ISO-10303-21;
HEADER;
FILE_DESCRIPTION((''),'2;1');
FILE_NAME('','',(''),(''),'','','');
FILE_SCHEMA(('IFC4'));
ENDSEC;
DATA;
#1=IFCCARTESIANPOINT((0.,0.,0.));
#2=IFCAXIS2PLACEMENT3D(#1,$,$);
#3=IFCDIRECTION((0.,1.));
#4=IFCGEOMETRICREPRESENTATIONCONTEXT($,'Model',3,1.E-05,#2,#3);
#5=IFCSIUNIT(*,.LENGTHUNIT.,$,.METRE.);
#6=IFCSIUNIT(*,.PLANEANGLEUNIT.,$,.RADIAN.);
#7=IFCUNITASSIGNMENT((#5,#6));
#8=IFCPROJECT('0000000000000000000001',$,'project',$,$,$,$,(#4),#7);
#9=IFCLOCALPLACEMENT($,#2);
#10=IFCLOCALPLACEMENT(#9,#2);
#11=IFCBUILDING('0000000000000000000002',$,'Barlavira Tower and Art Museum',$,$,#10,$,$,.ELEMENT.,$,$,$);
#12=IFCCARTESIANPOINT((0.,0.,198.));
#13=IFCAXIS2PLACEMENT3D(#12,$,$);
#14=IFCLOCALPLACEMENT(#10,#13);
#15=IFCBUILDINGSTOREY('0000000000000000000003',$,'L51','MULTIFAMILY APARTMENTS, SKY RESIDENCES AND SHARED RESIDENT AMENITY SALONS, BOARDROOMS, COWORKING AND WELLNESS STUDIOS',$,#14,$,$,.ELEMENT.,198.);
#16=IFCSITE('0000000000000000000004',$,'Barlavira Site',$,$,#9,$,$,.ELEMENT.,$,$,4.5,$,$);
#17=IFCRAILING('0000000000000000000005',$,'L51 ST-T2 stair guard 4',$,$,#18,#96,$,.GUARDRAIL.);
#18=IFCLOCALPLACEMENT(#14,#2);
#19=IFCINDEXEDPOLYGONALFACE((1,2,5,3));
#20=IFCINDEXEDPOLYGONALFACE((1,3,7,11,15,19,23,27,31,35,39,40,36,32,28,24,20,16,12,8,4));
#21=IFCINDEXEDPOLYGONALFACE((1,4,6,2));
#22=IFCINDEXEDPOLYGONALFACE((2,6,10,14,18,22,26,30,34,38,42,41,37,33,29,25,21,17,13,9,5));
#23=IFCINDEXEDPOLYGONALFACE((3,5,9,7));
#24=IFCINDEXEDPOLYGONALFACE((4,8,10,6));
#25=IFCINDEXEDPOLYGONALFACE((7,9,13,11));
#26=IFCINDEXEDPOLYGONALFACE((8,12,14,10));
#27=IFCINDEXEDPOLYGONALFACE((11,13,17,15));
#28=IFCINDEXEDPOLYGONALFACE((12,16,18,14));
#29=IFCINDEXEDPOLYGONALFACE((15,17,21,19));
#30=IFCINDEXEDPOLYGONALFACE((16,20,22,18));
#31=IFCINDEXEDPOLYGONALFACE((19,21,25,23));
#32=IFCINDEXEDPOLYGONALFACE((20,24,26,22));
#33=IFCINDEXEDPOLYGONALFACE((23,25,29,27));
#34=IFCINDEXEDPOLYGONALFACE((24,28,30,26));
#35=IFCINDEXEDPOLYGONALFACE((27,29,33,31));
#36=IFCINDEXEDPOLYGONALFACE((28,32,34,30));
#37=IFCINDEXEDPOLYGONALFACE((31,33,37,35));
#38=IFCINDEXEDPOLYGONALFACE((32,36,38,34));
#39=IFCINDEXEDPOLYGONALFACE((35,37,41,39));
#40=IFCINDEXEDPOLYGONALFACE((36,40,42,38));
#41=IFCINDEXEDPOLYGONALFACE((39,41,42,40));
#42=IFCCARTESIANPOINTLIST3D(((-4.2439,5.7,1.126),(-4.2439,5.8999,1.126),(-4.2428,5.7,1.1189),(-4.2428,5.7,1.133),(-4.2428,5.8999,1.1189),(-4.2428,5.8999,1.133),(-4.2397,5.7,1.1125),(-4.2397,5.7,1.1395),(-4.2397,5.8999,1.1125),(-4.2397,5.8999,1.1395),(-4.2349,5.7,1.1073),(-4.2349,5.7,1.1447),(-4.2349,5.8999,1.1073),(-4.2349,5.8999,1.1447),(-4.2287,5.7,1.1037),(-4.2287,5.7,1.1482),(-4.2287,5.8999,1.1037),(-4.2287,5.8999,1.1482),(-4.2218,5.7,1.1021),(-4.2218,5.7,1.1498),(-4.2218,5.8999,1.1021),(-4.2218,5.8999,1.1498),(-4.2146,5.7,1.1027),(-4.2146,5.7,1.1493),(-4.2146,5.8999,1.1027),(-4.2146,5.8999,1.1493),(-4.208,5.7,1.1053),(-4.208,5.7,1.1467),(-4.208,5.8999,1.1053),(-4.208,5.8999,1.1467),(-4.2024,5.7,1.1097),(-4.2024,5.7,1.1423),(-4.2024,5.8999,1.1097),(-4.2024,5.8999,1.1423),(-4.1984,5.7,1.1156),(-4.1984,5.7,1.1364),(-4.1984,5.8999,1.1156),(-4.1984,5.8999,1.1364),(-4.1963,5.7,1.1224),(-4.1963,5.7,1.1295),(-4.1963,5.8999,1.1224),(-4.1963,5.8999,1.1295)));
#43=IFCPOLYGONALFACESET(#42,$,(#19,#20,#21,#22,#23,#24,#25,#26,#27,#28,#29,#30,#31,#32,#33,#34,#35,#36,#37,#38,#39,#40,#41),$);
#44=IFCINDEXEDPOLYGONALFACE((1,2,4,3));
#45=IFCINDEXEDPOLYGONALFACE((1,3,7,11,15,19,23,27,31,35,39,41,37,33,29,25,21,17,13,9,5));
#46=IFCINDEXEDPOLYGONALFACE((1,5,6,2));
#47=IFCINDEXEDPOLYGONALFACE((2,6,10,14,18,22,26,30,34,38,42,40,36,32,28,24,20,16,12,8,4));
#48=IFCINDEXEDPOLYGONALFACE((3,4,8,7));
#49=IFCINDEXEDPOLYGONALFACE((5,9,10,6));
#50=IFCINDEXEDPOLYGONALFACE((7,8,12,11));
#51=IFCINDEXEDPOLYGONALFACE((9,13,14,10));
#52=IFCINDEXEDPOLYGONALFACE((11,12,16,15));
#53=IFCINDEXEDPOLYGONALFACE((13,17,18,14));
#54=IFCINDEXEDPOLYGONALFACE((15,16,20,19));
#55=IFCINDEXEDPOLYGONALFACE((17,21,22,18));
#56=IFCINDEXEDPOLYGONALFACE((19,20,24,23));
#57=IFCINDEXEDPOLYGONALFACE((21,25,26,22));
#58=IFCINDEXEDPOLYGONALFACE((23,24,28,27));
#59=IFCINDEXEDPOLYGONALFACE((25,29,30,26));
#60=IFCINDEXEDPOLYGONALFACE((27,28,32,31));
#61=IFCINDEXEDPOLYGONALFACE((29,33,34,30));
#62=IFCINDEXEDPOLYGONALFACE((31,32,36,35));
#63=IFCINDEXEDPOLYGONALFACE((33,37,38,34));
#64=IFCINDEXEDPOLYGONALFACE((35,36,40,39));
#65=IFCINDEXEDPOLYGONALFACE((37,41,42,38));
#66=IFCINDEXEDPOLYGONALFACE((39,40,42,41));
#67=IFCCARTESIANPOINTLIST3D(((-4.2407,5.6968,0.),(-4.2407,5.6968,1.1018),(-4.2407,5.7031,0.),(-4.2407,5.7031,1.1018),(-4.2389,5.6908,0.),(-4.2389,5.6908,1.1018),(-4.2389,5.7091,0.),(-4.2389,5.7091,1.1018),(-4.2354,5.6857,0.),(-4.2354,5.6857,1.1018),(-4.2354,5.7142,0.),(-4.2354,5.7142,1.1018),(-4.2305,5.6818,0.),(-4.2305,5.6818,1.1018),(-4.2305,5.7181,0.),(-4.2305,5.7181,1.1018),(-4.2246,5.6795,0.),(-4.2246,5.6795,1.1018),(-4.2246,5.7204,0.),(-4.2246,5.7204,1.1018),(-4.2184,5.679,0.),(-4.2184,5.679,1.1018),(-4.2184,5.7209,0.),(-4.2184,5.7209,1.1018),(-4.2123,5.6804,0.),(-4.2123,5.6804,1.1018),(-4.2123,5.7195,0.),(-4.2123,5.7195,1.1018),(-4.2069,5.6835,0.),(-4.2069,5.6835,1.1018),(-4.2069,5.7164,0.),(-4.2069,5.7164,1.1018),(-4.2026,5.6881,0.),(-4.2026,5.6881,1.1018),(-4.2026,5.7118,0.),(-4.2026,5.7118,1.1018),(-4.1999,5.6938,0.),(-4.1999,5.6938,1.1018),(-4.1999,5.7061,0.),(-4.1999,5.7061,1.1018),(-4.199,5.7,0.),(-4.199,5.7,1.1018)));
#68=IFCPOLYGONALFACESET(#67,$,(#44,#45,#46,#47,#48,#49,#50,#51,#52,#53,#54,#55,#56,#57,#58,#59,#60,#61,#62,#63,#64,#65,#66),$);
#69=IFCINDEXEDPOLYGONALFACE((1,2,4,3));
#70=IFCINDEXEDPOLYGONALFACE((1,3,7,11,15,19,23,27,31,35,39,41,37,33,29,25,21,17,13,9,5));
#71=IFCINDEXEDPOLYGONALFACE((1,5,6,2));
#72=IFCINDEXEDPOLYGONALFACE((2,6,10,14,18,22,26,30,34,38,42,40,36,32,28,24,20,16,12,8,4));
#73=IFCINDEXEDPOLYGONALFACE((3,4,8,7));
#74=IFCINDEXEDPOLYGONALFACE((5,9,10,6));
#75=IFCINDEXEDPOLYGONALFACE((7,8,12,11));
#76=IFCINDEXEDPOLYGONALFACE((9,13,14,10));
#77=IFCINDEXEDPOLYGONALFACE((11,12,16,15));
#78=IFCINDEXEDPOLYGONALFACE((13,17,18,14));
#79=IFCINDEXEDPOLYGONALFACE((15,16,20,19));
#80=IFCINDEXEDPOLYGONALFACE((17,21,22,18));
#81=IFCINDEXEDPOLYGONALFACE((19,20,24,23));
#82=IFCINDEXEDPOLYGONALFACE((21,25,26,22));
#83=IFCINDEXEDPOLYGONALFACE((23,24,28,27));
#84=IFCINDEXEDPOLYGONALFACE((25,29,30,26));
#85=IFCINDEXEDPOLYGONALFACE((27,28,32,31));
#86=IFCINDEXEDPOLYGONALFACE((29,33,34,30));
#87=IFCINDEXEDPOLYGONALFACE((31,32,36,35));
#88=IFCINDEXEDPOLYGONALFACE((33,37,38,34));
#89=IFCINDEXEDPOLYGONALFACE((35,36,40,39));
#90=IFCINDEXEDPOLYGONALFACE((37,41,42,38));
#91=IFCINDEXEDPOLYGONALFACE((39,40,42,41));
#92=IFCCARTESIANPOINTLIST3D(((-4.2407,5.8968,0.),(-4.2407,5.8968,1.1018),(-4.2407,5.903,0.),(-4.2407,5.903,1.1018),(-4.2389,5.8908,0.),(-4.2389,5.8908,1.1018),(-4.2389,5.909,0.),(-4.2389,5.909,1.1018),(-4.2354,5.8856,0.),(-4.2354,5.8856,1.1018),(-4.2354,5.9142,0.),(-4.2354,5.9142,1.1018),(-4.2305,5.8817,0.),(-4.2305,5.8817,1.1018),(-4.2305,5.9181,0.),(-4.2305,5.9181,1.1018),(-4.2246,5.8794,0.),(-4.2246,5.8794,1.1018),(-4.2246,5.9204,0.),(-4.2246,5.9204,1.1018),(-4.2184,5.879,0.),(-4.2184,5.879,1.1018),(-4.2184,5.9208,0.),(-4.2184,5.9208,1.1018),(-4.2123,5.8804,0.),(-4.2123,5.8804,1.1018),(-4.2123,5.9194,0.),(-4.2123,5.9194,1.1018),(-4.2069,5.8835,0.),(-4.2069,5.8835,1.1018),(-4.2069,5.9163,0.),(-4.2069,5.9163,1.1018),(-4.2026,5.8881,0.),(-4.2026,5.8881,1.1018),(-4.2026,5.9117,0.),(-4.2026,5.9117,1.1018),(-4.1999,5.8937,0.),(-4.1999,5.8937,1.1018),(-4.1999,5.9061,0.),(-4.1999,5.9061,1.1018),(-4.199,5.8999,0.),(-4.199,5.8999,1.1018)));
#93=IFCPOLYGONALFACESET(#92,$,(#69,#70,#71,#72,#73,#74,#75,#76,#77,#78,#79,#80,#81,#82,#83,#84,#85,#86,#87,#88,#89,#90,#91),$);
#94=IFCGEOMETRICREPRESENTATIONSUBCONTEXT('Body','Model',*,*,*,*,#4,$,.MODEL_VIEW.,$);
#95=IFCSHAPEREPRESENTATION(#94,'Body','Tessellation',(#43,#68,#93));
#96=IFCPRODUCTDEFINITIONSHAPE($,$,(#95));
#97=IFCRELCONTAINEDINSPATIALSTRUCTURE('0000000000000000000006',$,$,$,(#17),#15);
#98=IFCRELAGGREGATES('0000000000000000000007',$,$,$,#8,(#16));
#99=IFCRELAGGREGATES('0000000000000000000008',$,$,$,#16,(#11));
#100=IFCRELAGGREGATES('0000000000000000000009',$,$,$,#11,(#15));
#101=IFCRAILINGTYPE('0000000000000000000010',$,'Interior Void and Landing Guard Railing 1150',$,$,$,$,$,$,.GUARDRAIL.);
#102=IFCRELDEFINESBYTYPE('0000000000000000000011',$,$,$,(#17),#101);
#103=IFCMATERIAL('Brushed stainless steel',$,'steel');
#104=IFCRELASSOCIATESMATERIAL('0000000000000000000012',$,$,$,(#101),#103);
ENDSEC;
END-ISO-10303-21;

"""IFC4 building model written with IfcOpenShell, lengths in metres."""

from ifc_helpers import new_model, si_unit, direction, frame, origin, origin_2d, place, context, subcontext, project, spatial, circle, extrude, material, type_object, element, save


model = new_model("IFC4")

# Units and contexts
model_context = context("Model", 3, precision=1e-05, world=origin(), true_north=direction((0.0, 1.0)))
body_context = subcontext(model_context, "Body", "Model", "MODEL_VIEW")
ifc_project = project(units=[si_unit("LENGTHUNIT", "METRE"), si_unit("PLANEANGLEUNIT", "RADIAN")], contexts=[model_context])

# Site, building, storey
site_placement = place(None, origin())
site = spatial("IfcSite", under=ifc_project, at=site_placement, Name="Barlavira Site", CompositionType="ELEMENT", RefElevation=4.5)
building_placement = place(site_placement, origin())
building = spatial("IfcBuilding", under=site, at=building_placement, Name="Barlavira Tower and Art Museum", CompositionType="ELEMENT")
storey_placement = place(building_placement, frame((0.0, 0.0, 198.0)))
storey = spatial("IfcBuildingStorey", under=building, at=storey_placement, Name="L51", Description="MULTIFAMILY APARTMENTS, SKY RESIDENCES AND SHARED RESIDENT AMENITY SALONS, BOARDROOMS, COWORKING AND WELLNESS STUDIOS", CompositionType="ELEMENT", Elevation=198.0)

# Shared definitions
ifc_material_1 = material(Name="Brushed stainless steel", Category="steel")

# Railing
railing_type_1 = type_object("IfcRailingType", Name="Interior Void and Landing Guard Railing 1150", PredefinedType="GUARDRAIL", material=ifc_material_1)
railing_1_placement = place(storey_placement, frame((-4.22, 5.7, 0.0)))
element("IfcRailing", 1, at=railing_1_placement, inside=storey, type_object=railing_type_1, Name="L51 ST-T2 stair guard 4", PredefinedType="GUARDRAIL", context=body_context, shape_type="SweptSolid", body=[
    extrude(circle(Radius=0.0239, at=origin_2d()), frame((0.0, 0.0, 1.126), z_axis=(0.0, 1.0, 0.0), x_axis=(-1.0, 0.0, 0.0)), (0.0, 0.0, 1.0), 0.2),
    extrude(circle(Radius=0.021, at=origin_2d()), origin(), (0.0, 0.0, 1.0), 1.1018),
    extrude(circle(Radius=0.021, at=origin_2d()), frame((0.0, 0.2, 0.0)), (0.0, 0.0, 1.0), 1.1018),
])

save(model, "model.ifc")
